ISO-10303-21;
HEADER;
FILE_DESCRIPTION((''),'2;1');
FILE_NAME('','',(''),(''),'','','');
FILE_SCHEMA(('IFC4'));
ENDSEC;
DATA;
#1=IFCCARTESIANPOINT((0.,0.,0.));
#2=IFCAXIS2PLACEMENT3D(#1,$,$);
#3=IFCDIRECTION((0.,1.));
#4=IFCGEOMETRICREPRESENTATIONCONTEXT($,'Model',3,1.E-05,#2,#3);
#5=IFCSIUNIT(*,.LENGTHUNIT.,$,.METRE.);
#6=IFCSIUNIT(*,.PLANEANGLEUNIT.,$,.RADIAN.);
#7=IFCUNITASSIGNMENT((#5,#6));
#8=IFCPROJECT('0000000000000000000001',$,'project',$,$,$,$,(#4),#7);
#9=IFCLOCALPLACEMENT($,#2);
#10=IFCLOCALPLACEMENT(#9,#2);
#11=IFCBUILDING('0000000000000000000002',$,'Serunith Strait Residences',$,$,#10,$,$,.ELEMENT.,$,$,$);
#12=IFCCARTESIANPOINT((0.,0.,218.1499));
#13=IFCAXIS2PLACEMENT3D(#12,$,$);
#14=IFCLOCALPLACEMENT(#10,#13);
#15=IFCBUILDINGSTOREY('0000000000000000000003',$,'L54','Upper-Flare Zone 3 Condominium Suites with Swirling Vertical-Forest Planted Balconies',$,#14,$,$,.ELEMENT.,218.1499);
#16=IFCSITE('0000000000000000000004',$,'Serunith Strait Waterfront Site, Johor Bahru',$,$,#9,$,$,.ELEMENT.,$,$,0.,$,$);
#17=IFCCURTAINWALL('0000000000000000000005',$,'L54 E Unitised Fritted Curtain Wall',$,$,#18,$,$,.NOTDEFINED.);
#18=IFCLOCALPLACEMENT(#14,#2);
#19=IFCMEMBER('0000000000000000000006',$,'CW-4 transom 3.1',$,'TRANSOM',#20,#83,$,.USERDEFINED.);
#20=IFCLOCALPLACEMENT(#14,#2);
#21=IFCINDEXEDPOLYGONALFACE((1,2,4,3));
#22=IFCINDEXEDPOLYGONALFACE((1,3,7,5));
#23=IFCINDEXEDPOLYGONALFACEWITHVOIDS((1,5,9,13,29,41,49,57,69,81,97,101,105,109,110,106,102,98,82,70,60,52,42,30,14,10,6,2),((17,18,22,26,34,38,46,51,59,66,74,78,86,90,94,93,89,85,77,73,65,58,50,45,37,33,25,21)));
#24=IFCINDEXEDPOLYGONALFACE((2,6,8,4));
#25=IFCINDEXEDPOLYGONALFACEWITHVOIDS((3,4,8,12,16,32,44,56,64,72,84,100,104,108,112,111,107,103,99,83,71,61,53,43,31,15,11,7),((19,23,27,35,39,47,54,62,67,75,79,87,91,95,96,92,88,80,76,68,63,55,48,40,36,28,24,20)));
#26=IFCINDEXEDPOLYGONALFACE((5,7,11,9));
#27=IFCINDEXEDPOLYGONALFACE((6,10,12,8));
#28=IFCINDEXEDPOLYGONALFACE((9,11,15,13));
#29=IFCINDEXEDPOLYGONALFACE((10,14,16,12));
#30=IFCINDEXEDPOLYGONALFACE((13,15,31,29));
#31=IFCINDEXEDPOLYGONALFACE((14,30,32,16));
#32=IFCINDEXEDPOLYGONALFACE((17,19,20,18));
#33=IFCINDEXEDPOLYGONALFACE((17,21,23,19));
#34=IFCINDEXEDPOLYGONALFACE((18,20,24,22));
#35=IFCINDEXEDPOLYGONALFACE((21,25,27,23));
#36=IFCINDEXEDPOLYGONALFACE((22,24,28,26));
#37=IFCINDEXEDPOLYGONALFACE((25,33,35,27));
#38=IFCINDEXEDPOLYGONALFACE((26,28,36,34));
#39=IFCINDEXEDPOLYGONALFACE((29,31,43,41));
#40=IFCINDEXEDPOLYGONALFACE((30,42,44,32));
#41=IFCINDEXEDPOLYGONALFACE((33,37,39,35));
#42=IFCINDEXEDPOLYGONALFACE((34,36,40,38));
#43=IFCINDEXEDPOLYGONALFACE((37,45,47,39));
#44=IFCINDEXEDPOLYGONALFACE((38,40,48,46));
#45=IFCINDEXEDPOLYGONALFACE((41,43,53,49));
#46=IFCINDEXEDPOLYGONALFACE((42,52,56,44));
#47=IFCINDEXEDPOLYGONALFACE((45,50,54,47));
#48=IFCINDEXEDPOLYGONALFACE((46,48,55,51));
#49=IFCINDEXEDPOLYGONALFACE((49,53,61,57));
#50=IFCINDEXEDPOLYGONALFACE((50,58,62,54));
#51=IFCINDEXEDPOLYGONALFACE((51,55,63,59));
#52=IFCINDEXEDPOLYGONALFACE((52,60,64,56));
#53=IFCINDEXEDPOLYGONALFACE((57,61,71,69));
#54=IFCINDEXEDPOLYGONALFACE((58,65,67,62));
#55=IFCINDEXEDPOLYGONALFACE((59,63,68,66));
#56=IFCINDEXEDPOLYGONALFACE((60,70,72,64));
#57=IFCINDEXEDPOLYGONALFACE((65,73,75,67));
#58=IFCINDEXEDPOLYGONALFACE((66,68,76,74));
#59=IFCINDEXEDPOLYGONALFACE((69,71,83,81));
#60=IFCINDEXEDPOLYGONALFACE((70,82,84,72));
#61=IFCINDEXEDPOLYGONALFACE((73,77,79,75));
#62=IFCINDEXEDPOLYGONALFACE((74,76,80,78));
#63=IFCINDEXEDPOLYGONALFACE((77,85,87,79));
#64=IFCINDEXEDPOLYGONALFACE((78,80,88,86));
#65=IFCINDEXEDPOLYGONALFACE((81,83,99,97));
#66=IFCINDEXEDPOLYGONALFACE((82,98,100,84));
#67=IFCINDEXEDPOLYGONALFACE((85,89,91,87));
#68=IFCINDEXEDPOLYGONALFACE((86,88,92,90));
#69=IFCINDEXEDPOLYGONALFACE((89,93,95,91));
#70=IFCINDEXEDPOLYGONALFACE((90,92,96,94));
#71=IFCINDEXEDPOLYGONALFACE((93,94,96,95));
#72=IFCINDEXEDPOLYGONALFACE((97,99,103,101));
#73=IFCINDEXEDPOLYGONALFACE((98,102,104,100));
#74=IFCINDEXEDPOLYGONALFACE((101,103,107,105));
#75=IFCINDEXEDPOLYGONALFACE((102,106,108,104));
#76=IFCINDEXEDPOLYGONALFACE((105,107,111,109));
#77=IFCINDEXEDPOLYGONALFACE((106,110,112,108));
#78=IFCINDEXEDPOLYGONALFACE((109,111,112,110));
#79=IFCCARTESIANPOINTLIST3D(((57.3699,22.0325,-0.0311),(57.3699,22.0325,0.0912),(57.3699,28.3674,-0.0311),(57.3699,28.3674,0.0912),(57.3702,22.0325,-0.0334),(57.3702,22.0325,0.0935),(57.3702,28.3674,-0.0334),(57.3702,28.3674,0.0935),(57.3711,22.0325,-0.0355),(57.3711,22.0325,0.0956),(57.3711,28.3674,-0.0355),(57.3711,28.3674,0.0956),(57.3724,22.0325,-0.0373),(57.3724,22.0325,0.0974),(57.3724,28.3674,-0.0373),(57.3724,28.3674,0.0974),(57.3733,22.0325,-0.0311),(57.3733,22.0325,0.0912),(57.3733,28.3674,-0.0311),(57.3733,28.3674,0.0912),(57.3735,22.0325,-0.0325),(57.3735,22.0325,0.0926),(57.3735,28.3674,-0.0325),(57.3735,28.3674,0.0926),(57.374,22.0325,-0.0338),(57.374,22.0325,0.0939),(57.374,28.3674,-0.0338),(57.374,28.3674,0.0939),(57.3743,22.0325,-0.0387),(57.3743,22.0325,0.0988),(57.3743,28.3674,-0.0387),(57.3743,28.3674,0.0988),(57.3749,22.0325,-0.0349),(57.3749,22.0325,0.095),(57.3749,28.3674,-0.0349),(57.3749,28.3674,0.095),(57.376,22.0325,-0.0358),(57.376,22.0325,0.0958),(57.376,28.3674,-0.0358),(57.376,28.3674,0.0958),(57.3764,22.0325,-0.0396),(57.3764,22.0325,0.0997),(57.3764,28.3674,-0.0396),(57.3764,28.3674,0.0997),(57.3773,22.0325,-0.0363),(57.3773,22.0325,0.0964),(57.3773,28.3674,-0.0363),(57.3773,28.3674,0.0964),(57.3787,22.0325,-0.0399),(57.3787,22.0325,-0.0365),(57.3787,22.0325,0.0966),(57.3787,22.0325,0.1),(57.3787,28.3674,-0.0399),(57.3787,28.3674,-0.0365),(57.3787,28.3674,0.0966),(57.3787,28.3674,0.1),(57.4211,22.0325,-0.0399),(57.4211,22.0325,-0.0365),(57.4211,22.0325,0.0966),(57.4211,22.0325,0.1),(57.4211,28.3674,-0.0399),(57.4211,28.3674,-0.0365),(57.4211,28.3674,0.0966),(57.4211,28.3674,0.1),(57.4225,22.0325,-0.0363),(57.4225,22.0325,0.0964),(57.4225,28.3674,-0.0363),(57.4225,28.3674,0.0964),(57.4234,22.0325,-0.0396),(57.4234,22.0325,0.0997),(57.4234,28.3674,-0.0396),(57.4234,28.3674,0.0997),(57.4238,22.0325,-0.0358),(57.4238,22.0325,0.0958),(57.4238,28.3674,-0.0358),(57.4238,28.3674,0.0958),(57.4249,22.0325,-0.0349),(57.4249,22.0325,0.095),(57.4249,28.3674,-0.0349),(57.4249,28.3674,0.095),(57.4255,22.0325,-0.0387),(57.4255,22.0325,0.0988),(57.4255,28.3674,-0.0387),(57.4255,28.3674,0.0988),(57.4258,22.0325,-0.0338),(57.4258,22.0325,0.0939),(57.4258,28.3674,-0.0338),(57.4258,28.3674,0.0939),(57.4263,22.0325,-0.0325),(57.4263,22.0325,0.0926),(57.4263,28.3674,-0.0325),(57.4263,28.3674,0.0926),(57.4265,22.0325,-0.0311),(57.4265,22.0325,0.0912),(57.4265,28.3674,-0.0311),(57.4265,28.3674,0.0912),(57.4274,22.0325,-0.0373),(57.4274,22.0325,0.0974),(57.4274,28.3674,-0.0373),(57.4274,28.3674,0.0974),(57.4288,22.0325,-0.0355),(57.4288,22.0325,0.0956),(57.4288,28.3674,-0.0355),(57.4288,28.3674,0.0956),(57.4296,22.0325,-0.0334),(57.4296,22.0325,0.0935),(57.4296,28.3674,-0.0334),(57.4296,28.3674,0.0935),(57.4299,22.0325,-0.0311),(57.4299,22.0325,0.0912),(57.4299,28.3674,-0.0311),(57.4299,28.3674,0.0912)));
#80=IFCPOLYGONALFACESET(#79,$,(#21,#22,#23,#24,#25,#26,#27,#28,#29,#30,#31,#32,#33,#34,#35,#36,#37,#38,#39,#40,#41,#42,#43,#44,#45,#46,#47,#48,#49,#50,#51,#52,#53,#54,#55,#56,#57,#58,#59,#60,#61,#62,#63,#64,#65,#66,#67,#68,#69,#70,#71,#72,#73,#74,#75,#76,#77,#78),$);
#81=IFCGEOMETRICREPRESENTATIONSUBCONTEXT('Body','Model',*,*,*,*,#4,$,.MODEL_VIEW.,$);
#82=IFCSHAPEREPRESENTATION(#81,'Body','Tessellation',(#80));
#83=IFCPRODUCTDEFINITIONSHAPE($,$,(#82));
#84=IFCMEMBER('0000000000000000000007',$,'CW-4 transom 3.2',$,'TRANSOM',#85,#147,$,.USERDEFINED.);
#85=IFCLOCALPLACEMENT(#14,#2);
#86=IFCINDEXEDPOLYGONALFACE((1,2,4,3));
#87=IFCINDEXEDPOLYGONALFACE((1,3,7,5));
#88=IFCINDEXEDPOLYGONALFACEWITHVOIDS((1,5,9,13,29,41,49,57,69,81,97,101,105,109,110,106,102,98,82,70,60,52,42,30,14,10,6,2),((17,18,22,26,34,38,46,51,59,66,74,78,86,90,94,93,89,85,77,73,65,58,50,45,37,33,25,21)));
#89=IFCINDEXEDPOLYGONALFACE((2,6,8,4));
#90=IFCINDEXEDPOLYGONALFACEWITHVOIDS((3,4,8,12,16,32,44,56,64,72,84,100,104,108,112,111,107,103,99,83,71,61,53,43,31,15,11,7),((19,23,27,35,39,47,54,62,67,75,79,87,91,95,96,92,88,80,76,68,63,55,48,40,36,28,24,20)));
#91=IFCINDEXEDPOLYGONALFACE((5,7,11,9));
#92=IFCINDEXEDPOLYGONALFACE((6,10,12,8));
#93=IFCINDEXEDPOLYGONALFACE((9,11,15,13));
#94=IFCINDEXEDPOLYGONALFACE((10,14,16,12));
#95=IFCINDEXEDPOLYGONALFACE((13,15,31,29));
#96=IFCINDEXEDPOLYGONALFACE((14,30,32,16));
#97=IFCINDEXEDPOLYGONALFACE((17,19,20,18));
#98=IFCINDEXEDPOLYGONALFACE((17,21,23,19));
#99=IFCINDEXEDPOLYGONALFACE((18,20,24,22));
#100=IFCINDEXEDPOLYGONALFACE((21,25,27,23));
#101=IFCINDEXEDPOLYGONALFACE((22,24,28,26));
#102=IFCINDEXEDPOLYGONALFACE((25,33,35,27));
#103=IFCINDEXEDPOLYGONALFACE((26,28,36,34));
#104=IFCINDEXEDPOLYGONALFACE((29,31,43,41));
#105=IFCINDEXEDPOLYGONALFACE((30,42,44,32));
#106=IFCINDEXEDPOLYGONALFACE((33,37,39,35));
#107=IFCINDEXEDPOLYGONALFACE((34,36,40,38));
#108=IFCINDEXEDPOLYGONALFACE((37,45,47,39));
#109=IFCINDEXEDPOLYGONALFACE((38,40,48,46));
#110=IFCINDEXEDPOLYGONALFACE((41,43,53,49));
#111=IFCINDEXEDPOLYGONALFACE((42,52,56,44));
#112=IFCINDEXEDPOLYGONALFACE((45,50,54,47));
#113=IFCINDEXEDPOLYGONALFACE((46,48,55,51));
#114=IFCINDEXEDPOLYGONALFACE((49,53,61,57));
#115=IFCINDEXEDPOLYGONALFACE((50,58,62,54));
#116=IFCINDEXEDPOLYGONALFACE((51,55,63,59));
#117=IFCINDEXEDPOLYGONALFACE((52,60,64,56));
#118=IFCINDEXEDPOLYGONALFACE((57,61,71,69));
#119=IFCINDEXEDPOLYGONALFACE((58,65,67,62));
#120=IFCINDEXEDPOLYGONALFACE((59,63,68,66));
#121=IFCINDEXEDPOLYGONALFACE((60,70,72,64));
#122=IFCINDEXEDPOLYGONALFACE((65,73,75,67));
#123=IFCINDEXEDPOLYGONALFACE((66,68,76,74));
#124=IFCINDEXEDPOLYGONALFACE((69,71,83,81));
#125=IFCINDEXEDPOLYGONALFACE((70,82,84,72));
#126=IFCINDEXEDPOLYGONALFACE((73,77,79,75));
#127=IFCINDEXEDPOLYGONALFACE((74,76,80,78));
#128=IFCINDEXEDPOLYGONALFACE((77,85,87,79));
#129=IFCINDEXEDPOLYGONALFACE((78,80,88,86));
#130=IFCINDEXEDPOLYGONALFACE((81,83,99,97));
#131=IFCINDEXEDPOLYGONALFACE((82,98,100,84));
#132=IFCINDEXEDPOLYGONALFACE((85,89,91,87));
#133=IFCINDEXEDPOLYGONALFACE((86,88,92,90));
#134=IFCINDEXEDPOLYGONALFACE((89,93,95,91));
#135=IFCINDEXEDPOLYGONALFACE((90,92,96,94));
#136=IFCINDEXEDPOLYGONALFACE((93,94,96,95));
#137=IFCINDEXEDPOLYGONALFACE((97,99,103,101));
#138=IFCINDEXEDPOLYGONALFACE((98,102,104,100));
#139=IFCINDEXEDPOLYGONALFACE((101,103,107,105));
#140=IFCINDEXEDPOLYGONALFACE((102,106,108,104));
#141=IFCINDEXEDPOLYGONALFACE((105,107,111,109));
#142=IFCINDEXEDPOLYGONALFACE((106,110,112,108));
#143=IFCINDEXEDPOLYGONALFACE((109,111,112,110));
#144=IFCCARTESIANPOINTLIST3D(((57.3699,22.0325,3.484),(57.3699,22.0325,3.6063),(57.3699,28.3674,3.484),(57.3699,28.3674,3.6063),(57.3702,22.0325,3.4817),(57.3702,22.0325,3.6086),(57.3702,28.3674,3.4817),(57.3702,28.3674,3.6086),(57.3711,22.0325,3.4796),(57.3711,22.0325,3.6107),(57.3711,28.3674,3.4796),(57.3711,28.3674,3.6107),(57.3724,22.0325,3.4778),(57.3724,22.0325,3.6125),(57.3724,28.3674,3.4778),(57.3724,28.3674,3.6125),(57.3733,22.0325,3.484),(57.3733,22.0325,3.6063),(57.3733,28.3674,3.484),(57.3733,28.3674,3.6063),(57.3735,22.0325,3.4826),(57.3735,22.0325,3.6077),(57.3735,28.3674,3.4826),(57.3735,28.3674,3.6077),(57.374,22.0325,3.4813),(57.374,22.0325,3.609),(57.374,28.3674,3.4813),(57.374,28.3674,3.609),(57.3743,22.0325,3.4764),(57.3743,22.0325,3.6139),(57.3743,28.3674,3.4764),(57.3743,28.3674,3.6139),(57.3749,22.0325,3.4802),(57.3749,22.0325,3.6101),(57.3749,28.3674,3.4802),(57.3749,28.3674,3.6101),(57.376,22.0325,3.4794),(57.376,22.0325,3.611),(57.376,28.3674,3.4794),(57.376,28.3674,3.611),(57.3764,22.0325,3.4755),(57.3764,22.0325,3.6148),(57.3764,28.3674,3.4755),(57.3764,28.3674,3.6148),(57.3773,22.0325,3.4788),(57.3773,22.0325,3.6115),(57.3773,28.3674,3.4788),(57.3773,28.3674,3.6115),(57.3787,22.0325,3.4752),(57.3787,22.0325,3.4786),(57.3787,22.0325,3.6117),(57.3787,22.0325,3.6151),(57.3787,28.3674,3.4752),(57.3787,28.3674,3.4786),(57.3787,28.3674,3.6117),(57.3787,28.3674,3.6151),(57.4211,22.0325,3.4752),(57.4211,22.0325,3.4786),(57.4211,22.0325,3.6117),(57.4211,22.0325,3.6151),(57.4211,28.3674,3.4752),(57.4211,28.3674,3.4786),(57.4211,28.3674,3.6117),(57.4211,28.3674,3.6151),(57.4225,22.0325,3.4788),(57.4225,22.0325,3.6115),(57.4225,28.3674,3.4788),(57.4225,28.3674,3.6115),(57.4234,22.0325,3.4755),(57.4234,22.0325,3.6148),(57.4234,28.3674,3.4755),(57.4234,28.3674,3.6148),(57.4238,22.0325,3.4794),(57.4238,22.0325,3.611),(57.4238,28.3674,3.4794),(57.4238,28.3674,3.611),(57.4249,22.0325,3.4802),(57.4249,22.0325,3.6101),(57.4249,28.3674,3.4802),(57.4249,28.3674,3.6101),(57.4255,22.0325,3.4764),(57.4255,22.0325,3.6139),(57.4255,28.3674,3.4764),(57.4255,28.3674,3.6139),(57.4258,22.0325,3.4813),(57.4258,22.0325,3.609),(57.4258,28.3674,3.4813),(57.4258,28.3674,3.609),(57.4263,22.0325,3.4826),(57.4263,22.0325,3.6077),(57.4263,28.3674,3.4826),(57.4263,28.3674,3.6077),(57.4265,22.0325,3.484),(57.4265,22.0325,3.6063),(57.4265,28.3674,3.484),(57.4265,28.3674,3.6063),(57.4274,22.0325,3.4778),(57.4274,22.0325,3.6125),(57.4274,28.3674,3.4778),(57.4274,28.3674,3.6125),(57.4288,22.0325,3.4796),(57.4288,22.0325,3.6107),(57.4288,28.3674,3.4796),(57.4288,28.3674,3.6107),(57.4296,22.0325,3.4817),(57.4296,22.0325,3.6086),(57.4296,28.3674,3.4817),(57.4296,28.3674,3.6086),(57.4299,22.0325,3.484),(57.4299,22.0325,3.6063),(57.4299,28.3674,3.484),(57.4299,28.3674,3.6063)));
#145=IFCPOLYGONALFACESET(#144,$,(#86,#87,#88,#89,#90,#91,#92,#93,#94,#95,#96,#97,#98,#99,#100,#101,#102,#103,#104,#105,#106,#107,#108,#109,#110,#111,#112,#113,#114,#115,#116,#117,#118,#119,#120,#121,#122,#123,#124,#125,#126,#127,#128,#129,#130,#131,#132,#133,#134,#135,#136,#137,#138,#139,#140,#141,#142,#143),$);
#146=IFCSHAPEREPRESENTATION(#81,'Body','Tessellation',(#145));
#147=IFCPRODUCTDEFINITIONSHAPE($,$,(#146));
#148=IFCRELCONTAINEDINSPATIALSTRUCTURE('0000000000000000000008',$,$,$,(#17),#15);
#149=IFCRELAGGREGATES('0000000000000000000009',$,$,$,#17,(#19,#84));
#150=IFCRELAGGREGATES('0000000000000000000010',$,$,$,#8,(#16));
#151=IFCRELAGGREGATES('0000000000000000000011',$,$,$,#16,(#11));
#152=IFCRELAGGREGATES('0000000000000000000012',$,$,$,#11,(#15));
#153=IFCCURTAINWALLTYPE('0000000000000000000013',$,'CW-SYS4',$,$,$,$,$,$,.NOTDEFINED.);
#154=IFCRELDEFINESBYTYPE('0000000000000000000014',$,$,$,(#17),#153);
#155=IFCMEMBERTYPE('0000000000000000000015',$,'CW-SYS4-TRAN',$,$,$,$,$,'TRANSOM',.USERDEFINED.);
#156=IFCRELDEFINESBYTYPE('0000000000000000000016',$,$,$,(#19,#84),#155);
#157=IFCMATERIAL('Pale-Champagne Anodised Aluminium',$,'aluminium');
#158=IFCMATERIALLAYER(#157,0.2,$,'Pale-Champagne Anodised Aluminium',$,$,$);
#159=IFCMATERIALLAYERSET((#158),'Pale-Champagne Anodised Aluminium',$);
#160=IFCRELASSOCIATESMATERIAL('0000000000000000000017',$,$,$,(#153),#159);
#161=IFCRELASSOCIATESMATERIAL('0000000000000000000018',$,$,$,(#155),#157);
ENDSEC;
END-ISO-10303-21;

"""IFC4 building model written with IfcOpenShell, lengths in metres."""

from ifc_helpers import new_model, si_unit, direction, frame, origin, origin_2d, place, context, subcontext, project, spatial, hollow_rectangle, extrude, source, transform, mapped, material, layer, layer_set, material_profile, profile_set, type_object, element, aggregate, save


model = new_model("IFC4")

# Units and contexts
model_context = context("Model", 3, precision=1e-05, world=origin(), true_north=direction((0.0, 1.0)))
body_context = subcontext(model_context, "Body", "Model", "MODEL_VIEW")
ifc_project = project(units=[si_unit("LENGTHUNIT", "METRE"), si_unit("PLANEANGLEUNIT", "RADIAN")], contexts=[model_context])

# Site, building, storey
site_placement = place(None, origin())
site = spatial("IfcSite", under=ifc_project, at=site_placement, Name="Serunith Strait Waterfront Site, Johor Bahru", CompositionType="ELEMENT", RefElevation=0.0)
building_placement = place(site_placement, origin())
building = spatial("IfcBuilding", under=site, at=building_placement, Name="Serunith Strait Residences", CompositionType="ELEMENT")
storey_placement = place(building_placement, frame((0.0, 0.0, 218.1499)))
storey = spatial("IfcBuildingStorey", under=building, at=storey_placement, Name="L54", Description="Upper-Flare Zone 3 Condominium Suites with Swirling Vertical-Forest Planted Balconies", CompositionType="ELEMENT", Elevation=218.1499)

# Curtain wall, members
ifc_material_1 = material(Name="Pale-Champagne Anodised Aluminium", Category="aluminium")
ifc_layer_1 = layer(ifc_material_1, 0.2, Name="Pale-Champagne Anodised Aluminium")
ifc_layer_set_1 = layer_set([ifc_layer_1], Name="Pale-Champagne Anodised Aluminium")
curtain_wall_type = type_object("IfcCurtainWallType", Name="CW-SYS4", PredefinedType="NOTDEFINED", material=ifc_layer_set_1)
curtain_wall_placement = place(storey_placement, origin())
curtain_wall = element("IfcCurtainWall", 1, at=curtain_wall_placement, inside=storey, type_object=curtain_wall_type, Name="L54 E Unitised Fritted Curtain Wall", PredefinedType="NOTDEFINED")
ifc_material_profile_1 = material_profile(ifc_material_1, hollow_rectangle(XDim=0.0601, YDim=0.1399, WallThickness=0.0034, InnerFilletRadius=0.0054, OuterFilletRadius=0.0088, at=origin_2d()), Name="ALU 140x60x3.5")
ifc_profile_set_1 = profile_set([ifc_material_profile_1], Name="Pale-Champagne Anodised Aluminium")
member_type_1 = type_object("IfcMemberType", Name="CW-SYS4-TRAN", ElementType="TRANSOM", PredefinedType="USERDEFINED", material=ifc_profile_set_1)
shared_shape_1 = source(origin(), body_context, "Body", "SweptSolid", [
    extrude(hollow_rectangle(XDim=0.0601, YDim=0.1399, WallThickness=0.0034, InnerFilletRadius=0.0054, OuterFilletRadius=0.0088, at=origin_2d()), origin(), (0.0, 0.0, 1.0), 6.335),
])
member_1_placement = place(storey_placement, frame((57.3999, 22.0325, 0.03), z_axis=(0.0, 1.0, 0.0), x_axis=(-1.0, 0.0, 0.0)))
member_1 = element("IfcMember", 2, at=member_1_placement, type_object=member_type_1, Name="CW-4 transom 3.1", ObjectType="TRANSOM", PredefinedType="USERDEFINED", context=body_context, shape_type="MappedRepresentation", body=[
    mapped(shared_shape_1, transform((0.0, 0.0, 0.0), scale=1.0)),
])
member_2_placement = place(storey_placement, frame((57.3999, 22.0325, 3.5452), z_axis=(0.0, 1.0, 0.0), x_axis=(-1.0, 0.0, 0.0)))
member_2 = element("IfcMember", 3, at=member_2_placement, type_object=member_type_1, Name="CW-4 transom 3.2", ObjectType="TRANSOM", PredefinedType="USERDEFINED", context=body_context, shape_type="MappedRepresentation", body=[
    mapped(shared_shape_1, transform((0.0, 0.0, 0.0), scale=1.0)),
])
aggregate(curtain_wall, [member_1, member_2])

save(model, "model.ifc")
